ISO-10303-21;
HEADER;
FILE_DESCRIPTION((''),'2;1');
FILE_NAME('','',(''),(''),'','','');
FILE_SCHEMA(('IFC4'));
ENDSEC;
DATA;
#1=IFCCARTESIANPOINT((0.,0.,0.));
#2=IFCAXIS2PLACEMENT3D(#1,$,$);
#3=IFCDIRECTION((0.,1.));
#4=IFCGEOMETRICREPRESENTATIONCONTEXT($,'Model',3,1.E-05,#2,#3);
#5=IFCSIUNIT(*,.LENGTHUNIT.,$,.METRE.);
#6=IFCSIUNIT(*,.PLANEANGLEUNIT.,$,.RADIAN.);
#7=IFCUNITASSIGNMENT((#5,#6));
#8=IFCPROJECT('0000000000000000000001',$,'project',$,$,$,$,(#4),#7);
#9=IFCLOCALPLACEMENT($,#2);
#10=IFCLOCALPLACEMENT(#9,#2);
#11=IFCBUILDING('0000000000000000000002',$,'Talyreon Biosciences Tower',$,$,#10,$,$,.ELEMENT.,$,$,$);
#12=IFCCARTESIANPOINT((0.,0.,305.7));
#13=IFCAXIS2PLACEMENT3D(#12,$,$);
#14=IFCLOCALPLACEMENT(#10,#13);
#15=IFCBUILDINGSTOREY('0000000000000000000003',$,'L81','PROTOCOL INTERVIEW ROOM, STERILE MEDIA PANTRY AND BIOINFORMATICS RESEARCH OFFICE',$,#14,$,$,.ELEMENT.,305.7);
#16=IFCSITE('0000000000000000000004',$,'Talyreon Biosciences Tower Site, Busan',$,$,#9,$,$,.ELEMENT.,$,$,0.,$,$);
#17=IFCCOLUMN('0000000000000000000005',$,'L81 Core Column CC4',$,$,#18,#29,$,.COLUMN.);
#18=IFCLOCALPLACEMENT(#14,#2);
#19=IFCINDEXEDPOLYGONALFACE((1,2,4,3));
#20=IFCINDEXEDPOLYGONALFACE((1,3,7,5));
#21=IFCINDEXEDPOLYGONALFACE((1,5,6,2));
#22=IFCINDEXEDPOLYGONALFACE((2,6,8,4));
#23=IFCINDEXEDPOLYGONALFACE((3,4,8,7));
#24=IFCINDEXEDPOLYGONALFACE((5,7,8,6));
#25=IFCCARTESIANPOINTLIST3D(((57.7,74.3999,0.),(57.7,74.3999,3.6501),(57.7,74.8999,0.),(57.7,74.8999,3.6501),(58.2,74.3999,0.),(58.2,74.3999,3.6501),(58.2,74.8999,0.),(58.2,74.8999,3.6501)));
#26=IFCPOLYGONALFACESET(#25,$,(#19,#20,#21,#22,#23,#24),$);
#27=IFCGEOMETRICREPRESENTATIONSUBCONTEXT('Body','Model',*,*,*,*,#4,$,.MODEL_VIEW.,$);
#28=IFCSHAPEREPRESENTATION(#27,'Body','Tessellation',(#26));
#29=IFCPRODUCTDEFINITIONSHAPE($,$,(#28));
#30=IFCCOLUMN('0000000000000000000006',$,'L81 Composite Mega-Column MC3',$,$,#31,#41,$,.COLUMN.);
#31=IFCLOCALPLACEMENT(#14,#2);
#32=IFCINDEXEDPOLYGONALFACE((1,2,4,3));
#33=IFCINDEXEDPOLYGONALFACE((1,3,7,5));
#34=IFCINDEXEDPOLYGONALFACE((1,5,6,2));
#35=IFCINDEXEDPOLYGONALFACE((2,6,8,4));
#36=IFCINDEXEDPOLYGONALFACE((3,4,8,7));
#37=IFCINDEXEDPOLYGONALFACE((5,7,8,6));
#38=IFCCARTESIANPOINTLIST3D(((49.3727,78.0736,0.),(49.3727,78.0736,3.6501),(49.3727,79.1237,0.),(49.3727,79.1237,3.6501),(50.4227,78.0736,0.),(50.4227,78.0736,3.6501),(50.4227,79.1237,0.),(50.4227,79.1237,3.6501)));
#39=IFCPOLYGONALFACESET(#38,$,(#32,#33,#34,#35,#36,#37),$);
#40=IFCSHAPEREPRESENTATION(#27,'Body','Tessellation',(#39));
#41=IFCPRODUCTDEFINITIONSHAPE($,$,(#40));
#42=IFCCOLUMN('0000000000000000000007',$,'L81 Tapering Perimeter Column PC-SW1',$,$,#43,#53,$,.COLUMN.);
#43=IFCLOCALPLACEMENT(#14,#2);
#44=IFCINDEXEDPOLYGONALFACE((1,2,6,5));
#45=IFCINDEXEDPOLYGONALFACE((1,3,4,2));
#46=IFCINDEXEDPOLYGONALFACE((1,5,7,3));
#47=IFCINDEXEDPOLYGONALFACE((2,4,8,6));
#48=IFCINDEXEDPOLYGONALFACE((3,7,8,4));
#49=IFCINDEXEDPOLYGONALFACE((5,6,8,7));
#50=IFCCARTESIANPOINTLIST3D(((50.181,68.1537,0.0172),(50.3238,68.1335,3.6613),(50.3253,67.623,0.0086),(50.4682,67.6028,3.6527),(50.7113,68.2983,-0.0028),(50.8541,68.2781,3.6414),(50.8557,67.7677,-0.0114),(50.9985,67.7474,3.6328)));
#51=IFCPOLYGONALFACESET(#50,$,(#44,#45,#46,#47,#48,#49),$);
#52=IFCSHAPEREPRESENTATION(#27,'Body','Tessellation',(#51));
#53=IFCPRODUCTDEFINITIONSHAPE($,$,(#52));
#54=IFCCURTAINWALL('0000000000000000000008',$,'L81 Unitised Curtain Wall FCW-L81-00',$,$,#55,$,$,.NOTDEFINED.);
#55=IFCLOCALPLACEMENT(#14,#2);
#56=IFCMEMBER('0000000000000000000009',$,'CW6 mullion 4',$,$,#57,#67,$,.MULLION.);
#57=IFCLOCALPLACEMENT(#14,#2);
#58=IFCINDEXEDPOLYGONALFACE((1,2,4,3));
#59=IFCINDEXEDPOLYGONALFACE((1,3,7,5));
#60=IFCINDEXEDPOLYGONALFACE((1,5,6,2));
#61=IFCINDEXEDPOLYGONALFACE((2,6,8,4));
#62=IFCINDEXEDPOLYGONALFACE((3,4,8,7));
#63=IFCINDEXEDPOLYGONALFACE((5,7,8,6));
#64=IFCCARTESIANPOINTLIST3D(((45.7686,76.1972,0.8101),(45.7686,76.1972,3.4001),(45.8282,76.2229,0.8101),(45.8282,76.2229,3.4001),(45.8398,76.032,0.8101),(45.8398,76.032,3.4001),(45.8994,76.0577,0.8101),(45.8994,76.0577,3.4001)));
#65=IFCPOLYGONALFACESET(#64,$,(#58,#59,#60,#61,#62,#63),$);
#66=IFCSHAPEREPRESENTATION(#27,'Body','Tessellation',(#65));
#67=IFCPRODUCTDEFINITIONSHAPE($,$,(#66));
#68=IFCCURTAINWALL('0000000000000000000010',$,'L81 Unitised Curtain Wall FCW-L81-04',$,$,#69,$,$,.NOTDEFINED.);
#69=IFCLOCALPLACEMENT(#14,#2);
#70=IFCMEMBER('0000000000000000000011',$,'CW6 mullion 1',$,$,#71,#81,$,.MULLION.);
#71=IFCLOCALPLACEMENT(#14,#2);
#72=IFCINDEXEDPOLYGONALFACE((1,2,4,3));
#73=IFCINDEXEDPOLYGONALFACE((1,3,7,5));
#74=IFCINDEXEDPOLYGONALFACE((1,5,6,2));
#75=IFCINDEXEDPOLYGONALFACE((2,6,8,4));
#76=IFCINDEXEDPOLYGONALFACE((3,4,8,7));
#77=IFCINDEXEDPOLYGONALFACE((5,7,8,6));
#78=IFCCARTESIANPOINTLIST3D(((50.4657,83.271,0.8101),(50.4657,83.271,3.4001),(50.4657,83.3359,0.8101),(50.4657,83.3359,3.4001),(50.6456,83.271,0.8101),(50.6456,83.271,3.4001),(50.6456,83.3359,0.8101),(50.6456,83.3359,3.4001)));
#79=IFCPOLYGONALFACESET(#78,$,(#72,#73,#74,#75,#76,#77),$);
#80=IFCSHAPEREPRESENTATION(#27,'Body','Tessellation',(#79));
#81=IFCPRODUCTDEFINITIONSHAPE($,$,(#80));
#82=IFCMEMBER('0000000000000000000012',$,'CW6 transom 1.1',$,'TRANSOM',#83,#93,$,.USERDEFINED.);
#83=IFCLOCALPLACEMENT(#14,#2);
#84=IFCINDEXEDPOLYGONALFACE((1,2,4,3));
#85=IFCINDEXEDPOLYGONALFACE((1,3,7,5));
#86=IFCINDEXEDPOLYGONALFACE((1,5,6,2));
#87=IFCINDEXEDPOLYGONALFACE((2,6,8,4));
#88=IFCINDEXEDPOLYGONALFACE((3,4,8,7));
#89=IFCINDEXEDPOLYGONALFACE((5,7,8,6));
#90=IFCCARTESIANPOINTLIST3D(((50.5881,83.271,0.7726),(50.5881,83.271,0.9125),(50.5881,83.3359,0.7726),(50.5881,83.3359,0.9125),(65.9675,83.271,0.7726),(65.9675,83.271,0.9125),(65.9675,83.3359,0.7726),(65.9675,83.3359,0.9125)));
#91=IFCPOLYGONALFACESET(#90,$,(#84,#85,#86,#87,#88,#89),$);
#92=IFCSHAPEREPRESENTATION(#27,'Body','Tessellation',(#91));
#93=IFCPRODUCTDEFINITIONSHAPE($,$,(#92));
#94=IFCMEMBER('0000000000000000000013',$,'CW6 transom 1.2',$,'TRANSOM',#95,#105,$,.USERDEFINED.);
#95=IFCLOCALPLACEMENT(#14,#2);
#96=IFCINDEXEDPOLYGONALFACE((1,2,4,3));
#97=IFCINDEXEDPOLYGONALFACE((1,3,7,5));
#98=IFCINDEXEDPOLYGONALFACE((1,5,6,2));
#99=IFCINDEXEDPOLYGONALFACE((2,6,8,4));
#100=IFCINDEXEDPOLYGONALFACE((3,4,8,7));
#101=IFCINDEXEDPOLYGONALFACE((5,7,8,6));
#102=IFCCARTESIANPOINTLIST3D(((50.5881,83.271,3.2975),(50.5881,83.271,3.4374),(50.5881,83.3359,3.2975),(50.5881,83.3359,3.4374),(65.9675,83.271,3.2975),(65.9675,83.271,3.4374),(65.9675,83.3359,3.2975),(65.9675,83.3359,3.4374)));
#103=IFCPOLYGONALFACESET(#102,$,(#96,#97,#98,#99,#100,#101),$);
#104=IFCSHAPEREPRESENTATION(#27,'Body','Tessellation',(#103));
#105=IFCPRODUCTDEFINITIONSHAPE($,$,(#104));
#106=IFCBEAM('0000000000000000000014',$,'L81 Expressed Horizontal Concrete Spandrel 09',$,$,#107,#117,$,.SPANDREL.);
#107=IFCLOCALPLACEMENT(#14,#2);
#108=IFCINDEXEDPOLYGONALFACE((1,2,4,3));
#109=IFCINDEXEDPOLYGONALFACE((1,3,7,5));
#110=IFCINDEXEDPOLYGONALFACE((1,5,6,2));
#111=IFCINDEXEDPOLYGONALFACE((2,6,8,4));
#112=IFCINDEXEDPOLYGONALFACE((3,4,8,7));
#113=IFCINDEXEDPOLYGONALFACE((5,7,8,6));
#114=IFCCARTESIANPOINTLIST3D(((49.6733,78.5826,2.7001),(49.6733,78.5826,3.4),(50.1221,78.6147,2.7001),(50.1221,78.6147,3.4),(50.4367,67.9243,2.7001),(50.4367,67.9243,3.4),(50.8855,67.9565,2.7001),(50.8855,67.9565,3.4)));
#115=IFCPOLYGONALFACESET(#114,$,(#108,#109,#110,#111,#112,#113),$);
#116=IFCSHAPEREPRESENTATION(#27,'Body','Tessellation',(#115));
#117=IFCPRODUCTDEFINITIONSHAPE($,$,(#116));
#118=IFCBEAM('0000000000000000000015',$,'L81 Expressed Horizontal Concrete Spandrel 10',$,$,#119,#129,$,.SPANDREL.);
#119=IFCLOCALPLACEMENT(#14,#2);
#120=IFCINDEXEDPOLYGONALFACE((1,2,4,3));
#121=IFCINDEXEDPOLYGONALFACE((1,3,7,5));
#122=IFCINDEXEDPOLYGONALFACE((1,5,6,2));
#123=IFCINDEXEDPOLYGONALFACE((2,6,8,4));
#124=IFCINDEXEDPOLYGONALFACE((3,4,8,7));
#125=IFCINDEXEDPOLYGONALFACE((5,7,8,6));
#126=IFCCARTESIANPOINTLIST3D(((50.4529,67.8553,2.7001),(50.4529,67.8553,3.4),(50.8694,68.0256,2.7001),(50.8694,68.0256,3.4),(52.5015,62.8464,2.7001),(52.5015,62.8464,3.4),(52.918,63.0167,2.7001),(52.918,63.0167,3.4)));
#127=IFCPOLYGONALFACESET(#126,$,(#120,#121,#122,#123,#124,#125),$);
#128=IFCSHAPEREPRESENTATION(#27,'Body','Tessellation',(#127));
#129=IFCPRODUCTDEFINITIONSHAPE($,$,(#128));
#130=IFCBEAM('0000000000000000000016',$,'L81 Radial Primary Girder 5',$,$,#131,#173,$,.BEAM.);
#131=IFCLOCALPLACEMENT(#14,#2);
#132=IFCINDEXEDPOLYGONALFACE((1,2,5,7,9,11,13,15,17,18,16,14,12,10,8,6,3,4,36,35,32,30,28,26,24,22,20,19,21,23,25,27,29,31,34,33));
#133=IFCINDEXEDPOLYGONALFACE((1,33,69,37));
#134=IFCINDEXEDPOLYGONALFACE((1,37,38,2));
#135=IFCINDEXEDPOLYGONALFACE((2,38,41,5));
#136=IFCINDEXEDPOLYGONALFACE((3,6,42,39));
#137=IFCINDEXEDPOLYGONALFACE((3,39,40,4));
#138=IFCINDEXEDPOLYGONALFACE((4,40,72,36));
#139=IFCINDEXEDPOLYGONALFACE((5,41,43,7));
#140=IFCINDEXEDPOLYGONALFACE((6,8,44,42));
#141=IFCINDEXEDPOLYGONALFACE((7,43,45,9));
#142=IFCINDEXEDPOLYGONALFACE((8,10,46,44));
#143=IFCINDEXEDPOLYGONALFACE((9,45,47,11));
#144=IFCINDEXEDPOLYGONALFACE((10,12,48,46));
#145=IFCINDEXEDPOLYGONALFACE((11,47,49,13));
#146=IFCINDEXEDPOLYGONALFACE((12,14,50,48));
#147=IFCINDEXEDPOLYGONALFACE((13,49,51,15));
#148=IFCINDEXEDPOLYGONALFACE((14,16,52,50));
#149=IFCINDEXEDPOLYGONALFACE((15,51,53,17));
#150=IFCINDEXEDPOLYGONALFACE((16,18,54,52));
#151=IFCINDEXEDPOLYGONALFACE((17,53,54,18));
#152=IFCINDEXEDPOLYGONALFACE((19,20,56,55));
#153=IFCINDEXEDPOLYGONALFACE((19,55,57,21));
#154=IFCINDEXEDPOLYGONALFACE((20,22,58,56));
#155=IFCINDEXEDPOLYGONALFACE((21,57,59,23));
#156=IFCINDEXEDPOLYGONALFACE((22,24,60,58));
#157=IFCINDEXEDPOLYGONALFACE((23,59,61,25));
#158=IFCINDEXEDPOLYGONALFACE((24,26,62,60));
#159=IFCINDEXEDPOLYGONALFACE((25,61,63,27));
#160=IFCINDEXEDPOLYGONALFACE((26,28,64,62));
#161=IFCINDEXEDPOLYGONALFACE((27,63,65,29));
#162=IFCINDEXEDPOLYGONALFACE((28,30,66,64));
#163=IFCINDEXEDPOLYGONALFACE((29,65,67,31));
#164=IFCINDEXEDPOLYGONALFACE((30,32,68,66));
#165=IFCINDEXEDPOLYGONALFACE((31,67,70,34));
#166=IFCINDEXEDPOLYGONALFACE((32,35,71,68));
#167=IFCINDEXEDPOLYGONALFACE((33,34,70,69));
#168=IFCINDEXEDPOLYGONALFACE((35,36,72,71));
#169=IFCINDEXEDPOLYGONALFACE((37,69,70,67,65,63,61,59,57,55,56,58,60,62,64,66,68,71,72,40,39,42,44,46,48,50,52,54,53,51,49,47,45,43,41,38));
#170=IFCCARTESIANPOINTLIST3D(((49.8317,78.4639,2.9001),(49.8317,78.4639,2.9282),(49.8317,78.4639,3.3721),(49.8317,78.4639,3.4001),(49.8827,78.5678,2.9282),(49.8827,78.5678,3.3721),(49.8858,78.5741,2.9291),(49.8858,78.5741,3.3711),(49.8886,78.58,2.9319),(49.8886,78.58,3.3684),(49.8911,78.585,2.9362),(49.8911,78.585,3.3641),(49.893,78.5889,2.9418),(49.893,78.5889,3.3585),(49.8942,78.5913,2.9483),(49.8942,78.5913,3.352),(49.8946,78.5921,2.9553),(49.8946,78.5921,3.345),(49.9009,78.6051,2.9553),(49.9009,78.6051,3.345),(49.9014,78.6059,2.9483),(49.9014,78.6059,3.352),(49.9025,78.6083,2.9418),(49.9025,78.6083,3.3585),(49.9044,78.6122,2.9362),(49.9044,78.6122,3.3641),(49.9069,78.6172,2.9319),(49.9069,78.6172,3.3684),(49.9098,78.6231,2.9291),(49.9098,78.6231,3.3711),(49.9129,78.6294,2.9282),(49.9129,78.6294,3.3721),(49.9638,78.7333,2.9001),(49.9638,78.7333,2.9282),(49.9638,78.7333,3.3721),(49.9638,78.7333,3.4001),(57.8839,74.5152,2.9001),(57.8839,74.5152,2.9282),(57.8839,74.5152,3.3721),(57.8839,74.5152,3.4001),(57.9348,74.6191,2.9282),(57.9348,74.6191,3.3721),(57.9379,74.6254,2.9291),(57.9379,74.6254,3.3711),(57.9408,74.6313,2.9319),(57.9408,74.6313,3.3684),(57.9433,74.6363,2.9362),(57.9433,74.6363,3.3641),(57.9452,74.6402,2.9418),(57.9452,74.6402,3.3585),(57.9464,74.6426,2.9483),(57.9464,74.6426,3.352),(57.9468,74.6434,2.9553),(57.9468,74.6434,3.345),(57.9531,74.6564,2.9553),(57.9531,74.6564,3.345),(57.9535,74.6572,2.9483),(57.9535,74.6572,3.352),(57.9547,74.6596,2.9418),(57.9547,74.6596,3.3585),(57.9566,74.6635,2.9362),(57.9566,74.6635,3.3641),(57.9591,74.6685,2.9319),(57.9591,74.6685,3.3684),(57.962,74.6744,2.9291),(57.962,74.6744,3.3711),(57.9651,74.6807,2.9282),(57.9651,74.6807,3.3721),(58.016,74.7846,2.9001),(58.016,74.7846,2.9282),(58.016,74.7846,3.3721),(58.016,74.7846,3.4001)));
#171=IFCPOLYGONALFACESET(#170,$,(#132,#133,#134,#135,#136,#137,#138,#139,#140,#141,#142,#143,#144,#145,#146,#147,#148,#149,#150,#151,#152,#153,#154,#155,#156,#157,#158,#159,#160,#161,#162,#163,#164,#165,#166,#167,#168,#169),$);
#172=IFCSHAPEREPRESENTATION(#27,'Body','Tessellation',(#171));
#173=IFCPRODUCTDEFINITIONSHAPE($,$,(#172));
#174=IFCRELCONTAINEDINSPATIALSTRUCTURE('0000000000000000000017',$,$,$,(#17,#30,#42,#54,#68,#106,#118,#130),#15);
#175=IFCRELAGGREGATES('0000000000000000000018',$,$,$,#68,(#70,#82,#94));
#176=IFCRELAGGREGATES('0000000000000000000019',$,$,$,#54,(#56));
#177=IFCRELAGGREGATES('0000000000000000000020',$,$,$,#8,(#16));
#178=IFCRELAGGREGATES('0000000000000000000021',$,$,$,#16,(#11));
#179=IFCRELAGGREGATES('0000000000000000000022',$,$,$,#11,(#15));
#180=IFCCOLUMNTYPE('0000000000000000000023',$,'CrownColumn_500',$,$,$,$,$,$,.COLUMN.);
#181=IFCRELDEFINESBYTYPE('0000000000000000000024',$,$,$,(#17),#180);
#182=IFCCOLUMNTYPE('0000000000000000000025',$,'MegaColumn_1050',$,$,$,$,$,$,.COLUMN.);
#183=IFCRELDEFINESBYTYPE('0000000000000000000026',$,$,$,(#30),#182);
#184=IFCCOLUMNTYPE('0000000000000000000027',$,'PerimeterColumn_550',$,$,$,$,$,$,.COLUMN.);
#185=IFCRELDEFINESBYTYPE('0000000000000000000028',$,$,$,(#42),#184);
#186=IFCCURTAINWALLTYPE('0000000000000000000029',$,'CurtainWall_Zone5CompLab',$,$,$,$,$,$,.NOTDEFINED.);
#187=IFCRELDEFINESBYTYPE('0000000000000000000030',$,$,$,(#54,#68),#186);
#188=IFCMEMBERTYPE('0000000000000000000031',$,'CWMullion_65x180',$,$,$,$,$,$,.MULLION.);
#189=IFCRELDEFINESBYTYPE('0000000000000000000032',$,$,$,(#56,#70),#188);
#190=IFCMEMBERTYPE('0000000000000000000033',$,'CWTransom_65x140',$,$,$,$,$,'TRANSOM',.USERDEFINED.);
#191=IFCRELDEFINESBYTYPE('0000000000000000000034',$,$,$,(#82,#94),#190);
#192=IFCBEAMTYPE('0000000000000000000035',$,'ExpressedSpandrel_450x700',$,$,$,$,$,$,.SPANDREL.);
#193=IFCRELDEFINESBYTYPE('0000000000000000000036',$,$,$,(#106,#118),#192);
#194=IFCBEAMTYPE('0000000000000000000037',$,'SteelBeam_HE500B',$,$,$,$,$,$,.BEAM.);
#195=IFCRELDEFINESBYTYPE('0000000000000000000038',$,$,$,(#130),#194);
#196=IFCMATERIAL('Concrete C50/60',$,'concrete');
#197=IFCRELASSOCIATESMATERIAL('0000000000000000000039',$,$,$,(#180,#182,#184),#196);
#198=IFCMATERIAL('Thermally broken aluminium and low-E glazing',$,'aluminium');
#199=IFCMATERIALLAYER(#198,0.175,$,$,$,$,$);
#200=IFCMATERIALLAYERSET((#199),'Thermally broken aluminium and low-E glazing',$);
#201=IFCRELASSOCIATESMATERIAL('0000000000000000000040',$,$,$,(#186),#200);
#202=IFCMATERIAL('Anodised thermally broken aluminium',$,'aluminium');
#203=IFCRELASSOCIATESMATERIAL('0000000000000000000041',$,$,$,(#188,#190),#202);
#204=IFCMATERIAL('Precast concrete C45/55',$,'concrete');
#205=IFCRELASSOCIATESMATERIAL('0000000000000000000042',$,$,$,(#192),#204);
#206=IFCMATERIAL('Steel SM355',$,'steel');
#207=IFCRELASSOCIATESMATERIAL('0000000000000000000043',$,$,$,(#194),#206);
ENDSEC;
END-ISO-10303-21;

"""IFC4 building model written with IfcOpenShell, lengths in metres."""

from ifc_helpers import new_model, si_unit, direction, frame, origin, origin_2d, place, context, subcontext, project, spatial, rectangle, i_section, extrude, material, layer, layer_set, material_profile, profile_set, type_object, element, aggregate, save


model = new_model("IFC4")

# Units and contexts
model_context = context("Model", 3, precision=1e-05, world=origin(), true_north=direction((0.0, 1.0)))
body_context = subcontext(model_context, "Body", "Model", "MODEL_VIEW")
ifc_project = project(units=[si_unit("LENGTHUNIT", "METRE"), si_unit("PLANEANGLEUNIT", "RADIAN")], contexts=[model_context])

# Site, building, storey
site_placement = place(None, origin())
site = spatial("IfcSite", under=ifc_project, at=site_placement, Name="Talyreon Biosciences Tower Site, Busan", CompositionType="ELEMENT", RefElevation=0.0)
building_placement = place(site_placement, origin())
building = spatial("IfcBuilding", under=site, at=building_placement, Name="Talyreon Biosciences Tower", CompositionType="ELEMENT")
storey_placement = place(building_placement, frame((0.0, 0.0, 305.7)))
storey = spatial("IfcBuildingStorey", under=building, at=storey_placement, Name="L81", Description="PROTOCOL INTERVIEW ROOM, STERILE MEDIA PANTRY AND BIOINFORMATICS RESEARCH OFFICE", CompositionType="ELEMENT", Elevation=305.7)

# Columns
ifc_material_1 = material(Name="Concrete C50/60", Category="concrete")
ifc_material_profile_1 = material_profile(ifc_material_1, rectangle(XDim=0.5, YDim=0.5, at=origin_2d()), Name="RC 500x500")
ifc_profile_set_1 = profile_set([ifc_material_profile_1], Name="Concrete C50/60")
column_type_1 = type_object("IfcColumnType", Name="CrownColumn_500", PredefinedType="COLUMN", material=ifc_profile_set_1)
column_1_placement = place(storey_placement, frame((57.95, 74.6499, 0.0), z_axis=(0.0, 0.0, 1.0), x_axis=(1.0, 0.0, 0.0)))
element("IfcColumn", 1, at=column_1_placement, inside=storey, type_object=column_type_1, Name="L81 Core Column CC4", PredefinedType="COLUMN", context=body_context, shape_type="SweptSolid", body=[
    extrude(rectangle(XDim=0.5, YDim=0.5, at=origin_2d()), origin(), (0.0, 0.0, 1.0), 3.6501),
])
ifc_material_profile_2 = material_profile(ifc_material_1, rectangle(XDim=1.05, YDim=1.05, at=origin_2d()), Name="RC 1050x1050")
ifc_profile_set_2 = profile_set([ifc_material_profile_2], Name="Concrete C50/60")
column_type_2 = type_object("IfcColumnType", Name="MegaColumn_1050", PredefinedType="COLUMN", material=ifc_profile_set_2)
column_2_placement = place(storey_placement, frame((49.8977, 78.5986, 0.0), z_axis=(0.0, 0.0, 1.0), x_axis=(1.0, 0.0, 0.0)))
element("IfcColumn", 2, at=column_2_placement, inside=storey, type_object=column_type_2, Name="L81 Composite Mega-Column MC3", PredefinedType="COLUMN", context=body_context, shape_type="SweptSolid", body=[
    extrude(rectangle(XDim=1.05, YDim=1.05, at=origin_2d()), origin(), (0.0, 0.0, 1.0), 3.6501),
])
ifc_material_profile_3 = material_profile(ifc_material_1, rectangle(XDim=0.55, YDim=0.55, at=origin_2d()), Name="RC 550x550")
ifc_profile_set_3 = profile_set([ifc_material_profile_3], Name="Concrete C50/60")
column_type_3 = type_object("IfcColumnType", Name="PerimeterColumn_550", PredefinedType="COLUMN", material=ifc_profile_set_3)
column_3_placement = place(storey_placement, frame((50.5183, 67.9607, 0.0029), z_axis=(0.039163, -0.005556, 0.999217), x_axis=(0.964137, 0.262909, -0.036326)))
element("IfcColumn", 3, at=column_3_placement, inside=storey, type_object=column_type_3, Name="L81 Tapering Perimeter Column PC-SW1", PredefinedType="COLUMN", context=body_context, shape_type="SweptSolid", body=[
    extrude(rectangle(XDim=0.55, YDim=0.55, at=origin_2d()), origin(), (0.0, 0.0, 1.0), 3.647),
])

# Curtain wall, member
ifc_material_2 = material(Name="Thermally broken aluminium and low-E glazing", Category="aluminium")
ifc_layer_1 = layer(ifc_material_2, 0.175)
ifc_layer_set_1 = layer_set([ifc_layer_1], Name="Thermally broken aluminium and low-E glazing")
curtain_wall_type = type_object("IfcCurtainWallType", Name="CurtainWall_Zone5CompLab", PredefinedType="NOTDEFINED", material=ifc_layer_set_1)
curtain_wall_1_placement = place(storey_placement, origin())
curtain_wall_1 = element("IfcCurtainWall", 4, at=curtain_wall_1_placement, inside=storey, type_object=curtain_wall_type, Name="L81 Unitised Curtain Wall FCW-L81-00", PredefinedType="NOTDEFINED")
ifc_material_3 = material(Name="Anodised thermally broken aluminium", Category="aluminium")
ifc_material_profile_4 = material_profile(ifc_material_3, rectangle(XDim=0.0649, YDim=0.1799, at=origin_2d()), Name="ALUM MULLION 65x180")
ifc_profile_set_4 = profile_set([ifc_material_profile_4], Name="Anodised thermally broken aluminium")
member_type_1 = type_object("IfcMemberType", Name="CWMullion_65x180", PredefinedType="MULLION", material=ifc_profile_set_4)
member_1_placement = place(storey_placement, frame((45.834, 76.1274, 0.8101), z_axis=(0.0, 0.0, 1.0), x_axis=(-0.918363, -0.395738, 0.0)))
member_1 = element("IfcMember", 5, at=member_1_placement, type_object=member_type_1, Name="CW6 mullion 4", PredefinedType="MULLION", context=body_context, shape_type="SweptSolid", body=[
    extrude(rectangle(XDim=0.0649, YDim=0.1799, at=origin_2d()), origin(), (0.0, 0.0, 1.0), 2.5901),
])

# Curtain wall, members
curtain_wall_2_placement = place(storey_placement, origin())
curtain_wall_2 = element("IfcCurtainWall", 6, at=curtain_wall_2_placement, inside=storey, type_object=curtain_wall_type, Name="L81 Unitised Curtain Wall FCW-L81-04", PredefinedType="NOTDEFINED")
member_2_placement = place(storey_placement, frame((50.5557, 83.3035, 0.8101), z_axis=(0.0, 0.0, 1.0), x_axis=(0.0, 1.0, 0.0)))
member_2 = element("IfcMember", 7, at=member_2_placement, type_object=member_type_1, Name="CW6 mullion 1", PredefinedType="MULLION", context=body_context, shape_type="SweptSolid", body=[
    extrude(rectangle(XDim=0.0649, YDim=0.1799, at=origin_2d()), origin(), (0.0, 0.0, 1.0), 2.5901),
])
ifc_material_profile_5 = material_profile(ifc_material_3, rectangle(XDim=0.0649, YDim=0.1399, at=origin_2d()), Name="ALUM TRANSOM 65x140")
ifc_profile_set_5 = profile_set([ifc_material_profile_5], Name="Anodised thermally broken aluminium")
member_type_2 = type_object("IfcMemberType", Name="CWTransom_65x140", ElementType="TRANSOM", PredefinedType="USERDEFINED", material=ifc_profile_set_5)
member_3_placement = place(storey_placement, frame((50.5881, 83.3035, 0.8425), z_axis=(1.0, 0.0, 0.0), x_axis=(0.0, 1.0, 0.0)))
member_3 = element("IfcMember", 8, at=member_3_placement, type_object=member_type_2, Name="CW6 transom 1.1", ObjectType="TRANSOM", PredefinedType="USERDEFINED", context=body_context, shape_type="SweptSolid", body=[
    extrude(rectangle(XDim=0.0649, YDim=0.1399, at=origin_2d()), origin(), (0.0, 0.0, 1.0), 15.3794),
])
member_4_placement = place(storey_placement, frame((50.5881, 83.3035, 3.3674), z_axis=(1.0, 0.0, 0.0), x_axis=(0.0, 1.0, 0.0)))
member_4 = element("IfcMember", 9, at=member_4_placement, type_object=member_type_2, Name="CW6 transom 1.2", ObjectType="TRANSOM", PredefinedType="USERDEFINED", context=body_context, shape_type="SweptSolid", body=[
    extrude(rectangle(XDim=0.0649, YDim=0.1399, at=origin_2d()), origin(), (0.0, 0.0, 1.0), 15.3794),
])
aggregate(curtain_wall_2, [member_2, member_3, member_4])

# Beams
ifc_material_4 = material(Name="Precast concrete C45/55", Category="concrete")
ifc_material_profile_6 = material_profile(ifc_material_4, rectangle(XDim=0.45, YDim=0.7, at=origin_2d()), Name="RCB 450x700")
ifc_profile_set_6 = profile_set([ifc_material_profile_6], Name="Precast concrete C45/55")
beam_type_1 = type_object("IfcBeamType", Name="ExpressedSpandrel_450x700", PredefinedType="SPANDREL", material=ifc_profile_set_6)
beam_1_placement = place(storey_placement, frame((49.8977, 78.5986, 3.05), z_axis=(0.071445, -0.997445, 0.0), x_axis=(0.997445, 0.071445, 0.0)))
element("IfcBeam", 10, at=beam_1_placement, inside=storey, type_object=beam_type_1, Name="L81 Expressed Horizontal Concrete Spandrel 09", PredefinedType="SPANDREL", context=body_context, shape_type="SweptSolid", body=[
    extrude(rectangle(XDim=0.45, YDim=0.7, at=origin_2d()), origin(), (0.0, 0.0, 1.0), 10.6855),
])
beam_2_placement = place(storey_placement, frame((50.6611, 67.9404, 3.05), z_axis=(0.378559, -0.925577, 0.0), x_axis=(0.925577, 0.378559, 0.0)))
element("IfcBeam", 11, at=beam_2_placement, inside=storey, type_object=beam_type_1, Name="L81 Expressed Horizontal Concrete Spandrel 10", PredefinedType="SPANDREL", context=body_context, shape_type="SweptSolid", body=[
    extrude(rectangle(XDim=0.45, YDim=0.7, at=origin_2d()), origin(), (0.0, 0.0, 1.0), 5.4116),
])
ifc_material_5 = material(Name="Steel SM355", Category="steel")
ifc_material_profile_7 = material_profile(ifc_material_5, i_section(OverallWidth=0.3, OverallDepth=0.5, WebThickness=0.0144, FlangeThickness=0.0281, FilletRadius=0.0271, at=origin_2d()), Name="HE500B")
ifc_profile_set_7 = profile_set([ifc_material_profile_7], Name="Steel SM355")
beam_type_2 = type_object("IfcBeamType", Name="SteelBeam_HE500B", PredefinedType="BEAM", material=ifc_profile_set_7)
beam_3_placement = place(storey_placement, frame((57.95, 74.6499, 3.1501), z_axis=(-0.897852, 0.440297, 0.0), x_axis=(-0.440297, -0.897852, 0.0)))
element("IfcBeam", 12, at=beam_3_placement, inside=storey, type_object=beam_type_2, Name="L81 Radial Primary Girder 5", PredefinedType="BEAM", context=body_context, shape_type="SweptSolid", body=[
    extrude(i_section(OverallWidth=0.3, OverallDepth=0.5, WebThickness=0.0144, FlangeThickness=0.0281, FilletRadius=0.0271, at=origin_2d()), origin(), (0.0, 0.0, 1.0), 8.9683),
])

aggregate(curtain_wall_1, [member_1])

save(model, "model.ifc")
